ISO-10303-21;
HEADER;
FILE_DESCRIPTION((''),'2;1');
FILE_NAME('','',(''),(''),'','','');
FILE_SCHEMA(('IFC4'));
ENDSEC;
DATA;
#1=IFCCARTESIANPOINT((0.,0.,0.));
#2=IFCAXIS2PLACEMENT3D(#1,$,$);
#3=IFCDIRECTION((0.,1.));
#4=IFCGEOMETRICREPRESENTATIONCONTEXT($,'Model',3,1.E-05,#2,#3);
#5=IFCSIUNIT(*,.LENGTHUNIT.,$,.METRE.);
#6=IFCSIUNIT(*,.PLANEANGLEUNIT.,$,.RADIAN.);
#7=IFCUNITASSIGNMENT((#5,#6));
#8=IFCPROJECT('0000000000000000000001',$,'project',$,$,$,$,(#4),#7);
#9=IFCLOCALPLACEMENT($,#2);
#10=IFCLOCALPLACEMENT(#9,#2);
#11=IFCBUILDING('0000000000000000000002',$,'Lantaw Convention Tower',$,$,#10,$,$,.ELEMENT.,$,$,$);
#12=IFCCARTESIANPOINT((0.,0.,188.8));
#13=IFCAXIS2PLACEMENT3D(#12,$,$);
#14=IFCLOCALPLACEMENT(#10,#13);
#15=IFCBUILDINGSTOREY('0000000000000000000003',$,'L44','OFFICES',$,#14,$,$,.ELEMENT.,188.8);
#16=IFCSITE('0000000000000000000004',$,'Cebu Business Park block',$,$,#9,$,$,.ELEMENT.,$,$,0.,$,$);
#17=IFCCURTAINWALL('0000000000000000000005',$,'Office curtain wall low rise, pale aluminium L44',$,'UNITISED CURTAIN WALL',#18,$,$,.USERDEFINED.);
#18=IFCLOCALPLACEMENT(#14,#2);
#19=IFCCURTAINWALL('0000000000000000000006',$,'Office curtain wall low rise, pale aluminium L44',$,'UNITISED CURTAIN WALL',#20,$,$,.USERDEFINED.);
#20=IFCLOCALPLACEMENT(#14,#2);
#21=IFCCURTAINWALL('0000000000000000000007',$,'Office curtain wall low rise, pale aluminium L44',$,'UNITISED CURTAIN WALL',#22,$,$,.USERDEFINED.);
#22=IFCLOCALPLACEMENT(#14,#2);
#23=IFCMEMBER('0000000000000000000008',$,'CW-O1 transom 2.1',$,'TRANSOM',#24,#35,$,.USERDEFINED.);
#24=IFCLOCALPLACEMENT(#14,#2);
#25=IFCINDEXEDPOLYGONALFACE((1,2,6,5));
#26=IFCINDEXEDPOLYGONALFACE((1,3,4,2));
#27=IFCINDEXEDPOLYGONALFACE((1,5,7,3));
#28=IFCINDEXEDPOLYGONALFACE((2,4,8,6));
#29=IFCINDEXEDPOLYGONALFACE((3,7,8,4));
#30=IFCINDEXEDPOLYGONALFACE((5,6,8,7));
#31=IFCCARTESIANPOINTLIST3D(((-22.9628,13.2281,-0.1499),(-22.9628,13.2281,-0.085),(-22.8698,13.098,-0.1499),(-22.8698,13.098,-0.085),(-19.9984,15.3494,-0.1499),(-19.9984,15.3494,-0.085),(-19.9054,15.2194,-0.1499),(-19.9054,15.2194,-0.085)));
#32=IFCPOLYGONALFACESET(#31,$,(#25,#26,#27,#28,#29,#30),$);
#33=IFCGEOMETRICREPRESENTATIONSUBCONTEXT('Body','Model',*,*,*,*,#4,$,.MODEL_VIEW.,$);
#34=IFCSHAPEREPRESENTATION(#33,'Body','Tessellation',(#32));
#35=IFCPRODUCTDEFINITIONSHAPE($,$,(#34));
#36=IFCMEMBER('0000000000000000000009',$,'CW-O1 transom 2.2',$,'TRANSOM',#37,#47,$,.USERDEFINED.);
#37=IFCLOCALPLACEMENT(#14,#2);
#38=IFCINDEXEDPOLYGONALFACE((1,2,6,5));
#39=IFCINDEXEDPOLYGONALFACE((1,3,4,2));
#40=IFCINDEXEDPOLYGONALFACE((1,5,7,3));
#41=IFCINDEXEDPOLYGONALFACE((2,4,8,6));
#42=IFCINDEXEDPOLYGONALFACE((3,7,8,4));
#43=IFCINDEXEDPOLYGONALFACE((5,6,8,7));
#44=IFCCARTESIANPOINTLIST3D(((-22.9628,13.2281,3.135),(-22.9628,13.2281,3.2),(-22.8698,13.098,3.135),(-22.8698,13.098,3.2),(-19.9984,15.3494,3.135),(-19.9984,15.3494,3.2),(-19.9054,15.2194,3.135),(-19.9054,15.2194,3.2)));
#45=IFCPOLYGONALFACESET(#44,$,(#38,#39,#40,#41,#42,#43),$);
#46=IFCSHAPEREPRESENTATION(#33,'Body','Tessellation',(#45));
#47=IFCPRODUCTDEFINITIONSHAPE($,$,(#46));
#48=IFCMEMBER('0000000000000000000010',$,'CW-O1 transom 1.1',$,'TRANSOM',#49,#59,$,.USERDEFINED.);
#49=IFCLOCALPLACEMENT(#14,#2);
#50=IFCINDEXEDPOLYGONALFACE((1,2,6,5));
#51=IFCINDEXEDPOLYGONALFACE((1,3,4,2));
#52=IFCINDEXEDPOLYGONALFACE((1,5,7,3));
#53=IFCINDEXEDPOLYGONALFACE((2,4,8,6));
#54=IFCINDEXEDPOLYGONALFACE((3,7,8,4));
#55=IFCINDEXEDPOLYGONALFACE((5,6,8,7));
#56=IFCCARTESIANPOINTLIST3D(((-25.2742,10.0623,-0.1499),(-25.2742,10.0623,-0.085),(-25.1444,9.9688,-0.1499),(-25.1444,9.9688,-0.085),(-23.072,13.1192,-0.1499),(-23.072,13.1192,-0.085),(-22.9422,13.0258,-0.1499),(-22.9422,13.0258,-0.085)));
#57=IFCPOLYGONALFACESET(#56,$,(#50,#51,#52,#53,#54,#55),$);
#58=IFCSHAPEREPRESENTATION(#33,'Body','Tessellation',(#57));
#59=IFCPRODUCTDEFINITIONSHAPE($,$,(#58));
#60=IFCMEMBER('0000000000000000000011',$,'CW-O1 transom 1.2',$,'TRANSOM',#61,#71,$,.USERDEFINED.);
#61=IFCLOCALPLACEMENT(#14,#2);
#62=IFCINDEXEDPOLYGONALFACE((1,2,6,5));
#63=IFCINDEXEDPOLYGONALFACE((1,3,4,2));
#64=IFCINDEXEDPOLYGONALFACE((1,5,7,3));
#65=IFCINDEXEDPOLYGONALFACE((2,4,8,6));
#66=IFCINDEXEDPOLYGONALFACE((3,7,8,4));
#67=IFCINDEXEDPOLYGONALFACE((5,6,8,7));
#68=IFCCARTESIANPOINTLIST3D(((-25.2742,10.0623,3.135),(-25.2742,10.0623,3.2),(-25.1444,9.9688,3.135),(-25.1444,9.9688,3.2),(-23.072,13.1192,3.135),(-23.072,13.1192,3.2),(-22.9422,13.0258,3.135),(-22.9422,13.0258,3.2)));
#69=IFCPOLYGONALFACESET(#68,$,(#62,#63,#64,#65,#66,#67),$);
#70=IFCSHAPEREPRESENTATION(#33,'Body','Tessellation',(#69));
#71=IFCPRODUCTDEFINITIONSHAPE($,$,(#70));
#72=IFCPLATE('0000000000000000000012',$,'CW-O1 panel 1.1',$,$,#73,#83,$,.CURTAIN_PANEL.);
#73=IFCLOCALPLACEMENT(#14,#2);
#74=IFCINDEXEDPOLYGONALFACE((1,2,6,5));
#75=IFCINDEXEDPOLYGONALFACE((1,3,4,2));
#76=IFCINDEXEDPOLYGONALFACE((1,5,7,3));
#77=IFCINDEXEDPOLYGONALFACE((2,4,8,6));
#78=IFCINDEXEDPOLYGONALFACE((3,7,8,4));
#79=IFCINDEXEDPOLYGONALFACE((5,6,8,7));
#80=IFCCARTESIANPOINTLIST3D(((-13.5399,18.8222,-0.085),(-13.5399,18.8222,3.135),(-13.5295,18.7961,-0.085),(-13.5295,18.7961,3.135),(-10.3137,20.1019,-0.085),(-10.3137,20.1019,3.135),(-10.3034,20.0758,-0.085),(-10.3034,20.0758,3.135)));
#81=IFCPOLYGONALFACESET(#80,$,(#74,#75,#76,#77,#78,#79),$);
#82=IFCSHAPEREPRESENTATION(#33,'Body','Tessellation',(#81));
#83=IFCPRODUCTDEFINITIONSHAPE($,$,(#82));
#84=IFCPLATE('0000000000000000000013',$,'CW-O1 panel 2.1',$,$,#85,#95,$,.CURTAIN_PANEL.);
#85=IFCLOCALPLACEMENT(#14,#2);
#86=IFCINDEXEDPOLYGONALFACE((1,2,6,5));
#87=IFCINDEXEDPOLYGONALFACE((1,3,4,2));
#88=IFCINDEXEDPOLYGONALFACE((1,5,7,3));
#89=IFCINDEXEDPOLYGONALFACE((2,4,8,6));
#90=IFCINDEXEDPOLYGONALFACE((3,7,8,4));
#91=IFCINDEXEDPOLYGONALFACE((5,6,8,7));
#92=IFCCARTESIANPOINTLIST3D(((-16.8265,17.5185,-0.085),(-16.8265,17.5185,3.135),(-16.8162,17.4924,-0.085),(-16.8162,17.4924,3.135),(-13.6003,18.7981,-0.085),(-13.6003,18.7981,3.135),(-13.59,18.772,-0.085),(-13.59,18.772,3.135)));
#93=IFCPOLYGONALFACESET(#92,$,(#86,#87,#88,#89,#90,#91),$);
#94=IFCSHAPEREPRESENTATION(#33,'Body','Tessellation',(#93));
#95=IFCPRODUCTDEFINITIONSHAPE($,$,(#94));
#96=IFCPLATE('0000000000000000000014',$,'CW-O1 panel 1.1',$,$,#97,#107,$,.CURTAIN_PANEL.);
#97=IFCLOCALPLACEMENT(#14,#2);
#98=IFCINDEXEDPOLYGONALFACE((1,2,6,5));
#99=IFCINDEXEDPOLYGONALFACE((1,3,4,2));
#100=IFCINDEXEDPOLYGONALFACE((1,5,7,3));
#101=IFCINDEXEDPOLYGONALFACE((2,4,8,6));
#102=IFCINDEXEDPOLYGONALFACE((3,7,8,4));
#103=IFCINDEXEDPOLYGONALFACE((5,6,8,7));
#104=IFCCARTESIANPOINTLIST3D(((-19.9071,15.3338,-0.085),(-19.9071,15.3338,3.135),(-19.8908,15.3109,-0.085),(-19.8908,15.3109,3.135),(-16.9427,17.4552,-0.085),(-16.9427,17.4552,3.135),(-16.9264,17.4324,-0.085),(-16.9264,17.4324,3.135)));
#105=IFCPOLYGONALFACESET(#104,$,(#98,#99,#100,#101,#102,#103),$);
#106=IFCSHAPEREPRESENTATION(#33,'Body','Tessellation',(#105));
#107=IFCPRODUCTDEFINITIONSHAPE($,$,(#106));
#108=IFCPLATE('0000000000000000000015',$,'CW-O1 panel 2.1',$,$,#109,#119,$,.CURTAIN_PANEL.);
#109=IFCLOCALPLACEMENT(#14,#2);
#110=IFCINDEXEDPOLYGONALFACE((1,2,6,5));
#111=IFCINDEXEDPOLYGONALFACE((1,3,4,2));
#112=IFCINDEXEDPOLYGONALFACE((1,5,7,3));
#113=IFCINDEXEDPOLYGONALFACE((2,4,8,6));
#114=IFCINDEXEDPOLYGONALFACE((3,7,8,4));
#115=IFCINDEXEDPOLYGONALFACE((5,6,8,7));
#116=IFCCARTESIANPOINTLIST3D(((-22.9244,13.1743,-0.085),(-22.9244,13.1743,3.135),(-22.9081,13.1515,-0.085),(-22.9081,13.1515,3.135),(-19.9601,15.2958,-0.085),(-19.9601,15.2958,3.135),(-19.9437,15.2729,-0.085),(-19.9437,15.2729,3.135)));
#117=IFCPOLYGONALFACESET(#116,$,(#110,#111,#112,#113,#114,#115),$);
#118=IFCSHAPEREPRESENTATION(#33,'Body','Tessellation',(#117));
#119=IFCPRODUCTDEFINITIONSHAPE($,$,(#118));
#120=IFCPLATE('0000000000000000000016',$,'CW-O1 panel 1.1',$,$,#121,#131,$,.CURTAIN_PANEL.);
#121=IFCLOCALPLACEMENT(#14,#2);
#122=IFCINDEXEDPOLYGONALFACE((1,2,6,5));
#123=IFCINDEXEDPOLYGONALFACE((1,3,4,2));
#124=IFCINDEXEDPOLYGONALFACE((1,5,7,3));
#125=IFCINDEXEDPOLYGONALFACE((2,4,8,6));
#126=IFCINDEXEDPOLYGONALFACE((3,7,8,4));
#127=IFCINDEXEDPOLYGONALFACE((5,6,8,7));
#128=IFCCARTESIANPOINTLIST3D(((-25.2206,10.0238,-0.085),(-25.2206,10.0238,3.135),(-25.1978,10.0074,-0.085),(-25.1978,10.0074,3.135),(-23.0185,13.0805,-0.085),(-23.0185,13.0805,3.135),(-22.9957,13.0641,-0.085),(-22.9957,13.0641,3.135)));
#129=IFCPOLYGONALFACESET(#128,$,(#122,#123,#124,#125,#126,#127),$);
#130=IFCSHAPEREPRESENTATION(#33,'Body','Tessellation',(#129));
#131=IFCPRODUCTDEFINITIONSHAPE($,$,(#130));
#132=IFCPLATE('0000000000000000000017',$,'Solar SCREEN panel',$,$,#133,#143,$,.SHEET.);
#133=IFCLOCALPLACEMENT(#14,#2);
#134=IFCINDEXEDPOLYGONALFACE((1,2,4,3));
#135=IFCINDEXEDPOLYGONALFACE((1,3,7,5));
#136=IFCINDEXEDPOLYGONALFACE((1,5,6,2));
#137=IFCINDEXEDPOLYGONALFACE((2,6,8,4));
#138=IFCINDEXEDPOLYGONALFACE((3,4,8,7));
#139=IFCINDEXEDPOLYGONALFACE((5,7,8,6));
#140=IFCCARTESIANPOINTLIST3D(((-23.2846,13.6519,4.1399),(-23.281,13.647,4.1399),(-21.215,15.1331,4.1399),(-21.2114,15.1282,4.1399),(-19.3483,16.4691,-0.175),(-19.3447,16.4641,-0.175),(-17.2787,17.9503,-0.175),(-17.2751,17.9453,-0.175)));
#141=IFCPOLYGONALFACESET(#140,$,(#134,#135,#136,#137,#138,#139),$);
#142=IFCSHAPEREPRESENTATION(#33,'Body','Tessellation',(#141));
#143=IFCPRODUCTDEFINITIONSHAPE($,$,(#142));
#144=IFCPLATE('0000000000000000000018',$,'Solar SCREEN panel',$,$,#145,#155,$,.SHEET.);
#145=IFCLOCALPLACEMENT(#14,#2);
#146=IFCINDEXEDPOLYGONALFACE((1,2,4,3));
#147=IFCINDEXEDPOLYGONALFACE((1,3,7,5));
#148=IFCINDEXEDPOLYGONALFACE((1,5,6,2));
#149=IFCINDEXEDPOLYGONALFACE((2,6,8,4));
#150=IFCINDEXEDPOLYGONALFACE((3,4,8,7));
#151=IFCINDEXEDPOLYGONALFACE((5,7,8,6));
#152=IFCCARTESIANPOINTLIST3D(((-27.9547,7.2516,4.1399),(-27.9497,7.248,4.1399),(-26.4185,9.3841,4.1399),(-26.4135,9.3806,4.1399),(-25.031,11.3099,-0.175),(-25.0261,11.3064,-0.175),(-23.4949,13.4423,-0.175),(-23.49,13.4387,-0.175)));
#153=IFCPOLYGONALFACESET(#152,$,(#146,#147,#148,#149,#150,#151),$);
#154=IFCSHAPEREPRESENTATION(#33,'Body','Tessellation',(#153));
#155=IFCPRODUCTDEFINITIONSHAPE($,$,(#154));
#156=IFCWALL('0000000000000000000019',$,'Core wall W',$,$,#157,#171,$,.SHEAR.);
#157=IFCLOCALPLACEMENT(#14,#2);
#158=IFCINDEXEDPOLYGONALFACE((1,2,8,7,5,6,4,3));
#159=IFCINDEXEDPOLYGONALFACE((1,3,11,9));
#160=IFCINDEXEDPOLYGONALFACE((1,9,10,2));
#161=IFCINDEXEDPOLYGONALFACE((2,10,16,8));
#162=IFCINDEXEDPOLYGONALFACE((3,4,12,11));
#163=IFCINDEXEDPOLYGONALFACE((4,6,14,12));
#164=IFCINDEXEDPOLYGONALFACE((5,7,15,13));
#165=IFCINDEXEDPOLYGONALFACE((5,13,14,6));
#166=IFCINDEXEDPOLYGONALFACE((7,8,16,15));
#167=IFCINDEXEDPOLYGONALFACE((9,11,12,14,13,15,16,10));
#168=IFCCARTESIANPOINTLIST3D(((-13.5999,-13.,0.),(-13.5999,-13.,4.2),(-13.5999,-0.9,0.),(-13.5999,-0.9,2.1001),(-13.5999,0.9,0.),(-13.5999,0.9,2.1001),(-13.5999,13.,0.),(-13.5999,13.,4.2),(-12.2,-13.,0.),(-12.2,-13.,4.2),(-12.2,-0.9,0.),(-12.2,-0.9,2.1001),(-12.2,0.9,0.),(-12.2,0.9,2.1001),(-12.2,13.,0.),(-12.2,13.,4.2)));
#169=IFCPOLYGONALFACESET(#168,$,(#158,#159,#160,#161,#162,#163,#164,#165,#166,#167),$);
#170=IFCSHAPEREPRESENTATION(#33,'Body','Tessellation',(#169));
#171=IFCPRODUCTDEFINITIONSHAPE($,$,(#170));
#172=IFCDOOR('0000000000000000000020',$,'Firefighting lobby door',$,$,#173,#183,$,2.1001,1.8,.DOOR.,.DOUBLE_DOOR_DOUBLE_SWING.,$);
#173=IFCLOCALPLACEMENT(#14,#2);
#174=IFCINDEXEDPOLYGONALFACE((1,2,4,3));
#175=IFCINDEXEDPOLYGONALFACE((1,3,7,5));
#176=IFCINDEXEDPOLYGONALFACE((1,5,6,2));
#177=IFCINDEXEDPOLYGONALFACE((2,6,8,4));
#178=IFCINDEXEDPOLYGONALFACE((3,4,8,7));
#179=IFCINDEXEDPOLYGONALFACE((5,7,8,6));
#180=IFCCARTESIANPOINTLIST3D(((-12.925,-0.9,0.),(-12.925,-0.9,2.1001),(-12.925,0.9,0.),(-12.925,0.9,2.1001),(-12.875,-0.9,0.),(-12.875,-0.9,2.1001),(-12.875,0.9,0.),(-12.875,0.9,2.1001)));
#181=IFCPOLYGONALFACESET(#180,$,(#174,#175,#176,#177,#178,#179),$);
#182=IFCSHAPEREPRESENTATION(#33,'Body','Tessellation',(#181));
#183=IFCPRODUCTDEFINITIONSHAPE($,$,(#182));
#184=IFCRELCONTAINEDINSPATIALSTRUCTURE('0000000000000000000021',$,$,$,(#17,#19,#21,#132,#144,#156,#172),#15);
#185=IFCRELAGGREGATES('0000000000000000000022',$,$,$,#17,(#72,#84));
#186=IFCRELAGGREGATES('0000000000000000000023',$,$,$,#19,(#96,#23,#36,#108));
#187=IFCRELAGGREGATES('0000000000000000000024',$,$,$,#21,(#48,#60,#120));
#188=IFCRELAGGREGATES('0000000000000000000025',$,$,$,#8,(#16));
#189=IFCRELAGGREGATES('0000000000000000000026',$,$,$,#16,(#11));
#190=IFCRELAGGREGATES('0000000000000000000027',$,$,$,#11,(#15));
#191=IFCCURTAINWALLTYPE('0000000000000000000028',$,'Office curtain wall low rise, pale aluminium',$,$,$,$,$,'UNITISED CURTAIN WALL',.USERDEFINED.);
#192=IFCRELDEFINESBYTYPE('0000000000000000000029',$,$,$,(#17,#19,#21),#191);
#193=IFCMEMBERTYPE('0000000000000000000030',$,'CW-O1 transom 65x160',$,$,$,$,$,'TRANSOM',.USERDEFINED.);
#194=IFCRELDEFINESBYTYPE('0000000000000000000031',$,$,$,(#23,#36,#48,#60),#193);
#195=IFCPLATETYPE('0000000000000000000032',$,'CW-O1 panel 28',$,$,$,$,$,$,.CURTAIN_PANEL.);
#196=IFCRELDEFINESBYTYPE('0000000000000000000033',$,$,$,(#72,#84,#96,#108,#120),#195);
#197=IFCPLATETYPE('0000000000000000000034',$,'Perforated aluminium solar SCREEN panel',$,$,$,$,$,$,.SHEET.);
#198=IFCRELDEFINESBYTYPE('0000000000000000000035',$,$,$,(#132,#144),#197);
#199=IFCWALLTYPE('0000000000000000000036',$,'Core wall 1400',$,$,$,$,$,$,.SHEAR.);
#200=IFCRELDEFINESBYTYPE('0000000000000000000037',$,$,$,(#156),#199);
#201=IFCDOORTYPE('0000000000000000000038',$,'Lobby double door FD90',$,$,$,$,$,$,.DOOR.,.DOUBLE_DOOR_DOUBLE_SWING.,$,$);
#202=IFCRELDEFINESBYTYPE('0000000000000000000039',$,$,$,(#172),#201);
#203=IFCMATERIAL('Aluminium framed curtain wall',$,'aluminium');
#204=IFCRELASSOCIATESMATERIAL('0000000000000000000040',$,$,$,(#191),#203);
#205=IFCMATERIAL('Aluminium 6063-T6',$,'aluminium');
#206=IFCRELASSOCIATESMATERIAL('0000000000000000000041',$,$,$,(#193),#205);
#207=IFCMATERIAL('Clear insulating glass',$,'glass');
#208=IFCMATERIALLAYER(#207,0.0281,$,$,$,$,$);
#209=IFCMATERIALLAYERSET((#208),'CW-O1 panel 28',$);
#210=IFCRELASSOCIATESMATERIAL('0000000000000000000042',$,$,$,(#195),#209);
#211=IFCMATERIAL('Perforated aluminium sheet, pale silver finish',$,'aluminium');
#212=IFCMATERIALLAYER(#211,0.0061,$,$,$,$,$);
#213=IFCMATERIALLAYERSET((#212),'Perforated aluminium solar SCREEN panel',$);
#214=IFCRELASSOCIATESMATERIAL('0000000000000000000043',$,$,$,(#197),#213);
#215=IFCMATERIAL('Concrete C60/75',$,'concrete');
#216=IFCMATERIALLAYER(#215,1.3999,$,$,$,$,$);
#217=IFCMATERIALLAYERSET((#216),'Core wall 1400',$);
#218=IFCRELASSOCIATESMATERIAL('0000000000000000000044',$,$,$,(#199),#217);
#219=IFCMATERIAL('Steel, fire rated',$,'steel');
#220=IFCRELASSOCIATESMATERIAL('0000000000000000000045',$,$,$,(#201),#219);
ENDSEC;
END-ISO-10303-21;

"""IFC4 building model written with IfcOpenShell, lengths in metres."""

from ifc_helpers import new_model, si_unit, direction, frame, frame_2d, origin, origin_2d, place, context, subcontext, project, spatial, polyline, rectangle, outline, extrude, material, layer, layer_set, material_profile, profile_set, type_object, element, fill, aggregate, save


model = new_model("IFC4")

# Units and contexts
model_context = context("Model", 3, precision=1e-05, world=origin(), true_north=direction((0.0, 1.0)))
body_context = subcontext(model_context, "Body", "Model", "MODEL_VIEW")
ifc_project = project(units=[si_unit("LENGTHUNIT", "METRE"), si_unit("PLANEANGLEUNIT", "RADIAN")], contexts=[model_context])

# Site, building, storey
site_placement = place(None, origin())
site = spatial("IfcSite", under=ifc_project, at=site_placement, Name="Cebu Business Park block", CompositionType="ELEMENT", RefElevation=0.0)
building_placement = place(site_placement, origin())
building = spatial("IfcBuilding", under=site, at=building_placement, Name="Lantaw Convention Tower", CompositionType="ELEMENT")
storey_placement = place(building_placement, frame((0.0, 0.0, 188.8)))
storey = spatial("IfcBuildingStorey", under=building, at=storey_placement, Name="L44", Description="OFFICES", CompositionType="ELEMENT", Elevation=188.8)

# Shared definitions
ifc_material_1 = material(Name="Concrete C60/75", Category="concrete")

# Curtain walls
ifc_material_2 = material(Name="Aluminium framed curtain wall", Category="aluminium")
curtain_wall_type = type_object("IfcCurtainWallType", Name="Office curtain wall low rise, pale aluminium", ElementType="UNITISED CURTAIN WALL", PredefinedType="USERDEFINED", material=ifc_material_2)
curtain_wall_1_placement = place(storey_placement, origin())
curtain_wall_1 = element("IfcCurtainWall", 1, at=curtain_wall_1_placement, inside=storey, type_object=curtain_wall_type, Name="Office curtain wall low rise, pale aluminium L44", ObjectType="UNITISED CURTAIN WALL", PredefinedType="USERDEFINED")
ifc_material_3 = material(Name="Aluminium 6063-T6", Category="aluminium")
curtain_wall_2_placement = place(storey_placement, origin())
curtain_wall_2 = element("IfcCurtainWall", 2, at=curtain_wall_2_placement, inside=storey, type_object=curtain_wall_type, Name="Office curtain wall low rise, pale aluminium L44", ObjectType="UNITISED CURTAIN WALL", PredefinedType="USERDEFINED")
curtain_wall_3_placement = place(storey_placement, origin())
curtain_wall_3 = element("IfcCurtainWall", 3, at=curtain_wall_3_placement, inside=storey, type_object=curtain_wall_type, Name="Office curtain wall low rise, pale aluminium L44", ObjectType="UNITISED CURTAIN WALL", PredefinedType="USERDEFINED")

# Members
ifc_material_profile_1 = material_profile(ifc_material_3, rectangle(XDim=0.1599, YDim=0.0649, at=origin_2d()), Name="CW-O1 transom 65x160")
ifc_profile_set_1 = profile_set([ifc_material_profile_1], Name="Aluminium 6063-T6")
member_type_1 = type_object("IfcMemberType", Name="CW-O1 transom 65x160", ElementType="TRANSOM", PredefinedType="USERDEFINED", material=ifc_profile_set_1)
member_1_placement = place(storey_placement, frame((-19.9519, 15.2844, -0.1174), z_axis=(-0.813222, -0.581954, 0.0), x_axis=(0.581954, -0.813222, 0.0)))
member_1 = element("IfcMember", 4, at=member_1_placement, type_object=member_type_1, Name="CW-O1 transom 2.1", ObjectType="TRANSOM", PredefinedType="USERDEFINED", context=body_context, shape_type="SweptSolid", body=[
    extrude(rectangle(XDim=0.1599, YDim=0.0649, at=origin_2d()), origin(), (0.0, 0.0, 1.0), 3.6453),
])
member_2_placement = place(storey_placement, frame((-19.9519, 15.2844, 3.1675), z_axis=(-0.813222, -0.581954, 0.0), x_axis=(0.581954, -0.813222, 0.0)))
member_2 = element("IfcMember", 5, at=member_2_placement, type_object=member_type_1, Name="CW-O1 transom 2.2", ObjectType="TRANSOM", PredefinedType="USERDEFINED", context=body_context, shape_type="SweptSolid", body=[
    extrude(rectangle(XDim=0.1599, YDim=0.0649, at=origin_2d()), origin(), (0.0, 0.0, 1.0), 3.6453),
])
member_3_placement = place(storey_placement, frame((-23.0071, 13.0725, -0.1174), z_axis=(-0.584513, -0.811384, 0.0), x_axis=(0.811384, -0.584513, 0.0)))
member_3 = element("IfcMember", 6, at=member_3_placement, type_object=member_type_1, Name="CW-O1 transom 1.1", ObjectType="TRANSOM", PredefinedType="USERDEFINED", context=body_context, shape_type="SweptSolid", body=[
    extrude(rectangle(XDim=0.1599, YDim=0.0649, at=origin_2d()), origin(), (0.0, 0.0, 1.0), 3.7676),
])
member_4_placement = place(storey_placement, frame((-23.0071, 13.0725, 3.1675), z_axis=(-0.584513, -0.811384, 0.0), x_axis=(0.811384, -0.584513, 0.0)))
member_4 = element("IfcMember", 7, at=member_4_placement, type_object=member_type_1, Name="CW-O1 transom 1.2", ObjectType="TRANSOM", PredefinedType="USERDEFINED", context=body_context, shape_type="SweptSolid", body=[
    extrude(rectangle(XDim=0.1599, YDim=0.0649, at=origin_2d()), origin(), (0.0, 0.0, 1.0), 3.7676),
])

# Plates
ifc_material_4 = material(Name="Clear insulating glass", Category="glass")
ifc_layer_1 = layer(ifc_material_4, 0.0281)
ifc_layer_set_1 = layer_set([ifc_layer_1], Name="CW-O1 panel 28")
plate_type_1 = type_object("IfcPlateType", Name="CW-O1 panel 28", PredefinedType="CURTAIN_PANEL", material=ifc_layer_set_1)
plate_1_placement = place(storey_placement, frame((-11.9216, 19.449, -0.085), z_axis=(0.0, 0.0, 1.0), x_axis=(-0.929548, -0.368702, 0.0)))
plate_1 = element("IfcPlate", 8, at=plate_1_placement, type_object=plate_type_1, Name="CW-O1 panel 1.1", PredefinedType="CURTAIN_PANEL", context=body_context, shape_type="SweptSolid", body=[
    extrude(rectangle(XDim=3.4707, YDim=0.0281, at=origin_2d()), origin(), (0.0, 0.0, 1.0), 3.22),
])
plate_2_placement = place(storey_placement, frame((-15.2083, 18.1453, -0.085), z_axis=(0.0, 0.0, 1.0), x_axis=(-0.929548, -0.368702, 0.0)))
plate_2 = element("IfcPlate", 9, at=plate_2_placement, type_object=plate_type_1, Name="CW-O1 panel 2.1", PredefinedType="CURTAIN_PANEL", context=body_context, shape_type="SweptSolid", body=[
    extrude(rectangle(XDim=3.4707, YDim=0.0281, at=origin_2d()), origin(), (0.0, 0.0, 1.0), 3.22),
])
aggregate(curtain_wall_1, [plate_1, plate_2])
plate_3_placement = place(storey_placement, frame((-18.4167, 16.3831, -0.085), z_axis=(0.0, 0.0, 1.0), x_axis=(-0.813208, -0.581973, 0.0)))
plate_3 = element("IfcPlate", 10, at=plate_3_placement, type_object=plate_type_1, Name="CW-O1 panel 1.1", PredefinedType="CURTAIN_PANEL", context=body_context, shape_type="SweptSolid", body=[
    extrude(rectangle(XDim=3.6453, YDim=0.0281, at=origin_2d()), origin(), (0.0, 0.0, 1.0), 3.22),
])
plate_4_placement = place(storey_placement, frame((-21.4341, 14.2236, -0.085), z_axis=(0.0, 0.0, 1.0), x_axis=(-0.813208, -0.581973, 0.0)))
plate_4 = element("IfcPlate", 11, at=plate_4_placement, type_object=plate_type_1, Name="CW-O1 panel 2.1", PredefinedType="CURTAIN_PANEL", context=body_context, shape_type="SweptSolid", body=[
    extrude(rectangle(XDim=3.6453, YDim=0.0281, at=origin_2d()), origin(), (0.0, 0.0, 1.0), 3.22),
])
aggregate(curtain_wall_2, [plate_3, member_1, member_2, plate_4])
plate_5_placement = place(storey_placement, frame((-24.1082, 11.5439, -0.085), z_axis=(0.0, 0.0, 1.0), x_axis=(-0.584513, -0.811385, 0.0)))
plate_5 = element("IfcPlate", 12, at=plate_5_placement, type_object=plate_type_1, Name="CW-O1 panel 1.1", PredefinedType="CURTAIN_PANEL", context=body_context, shape_type="SweptSolid", body=[
    extrude(rectangle(XDim=3.7673, YDim=0.0281, at=origin_2d()), origin(), (0.0, 0.0, 1.0), 3.22),
])
aggregate(curtain_wall_3, [member_3, member_4, plate_5])

# Plates
ifc_material_5 = material(Name="Perforated aluminium sheet, pale silver finish", Category="aluminium")
ifc_layer_2 = layer(ifc_material_5, 0.0061)
ifc_layer_set_2 = layer_set([ifc_layer_2], Name="Perforated aluminium solar SCREEN panel")
plate_type_2 = type_object("IfcPlateType", Name="Perforated aluminium solar SCREEN panel", PredefinedType="SHEET", material=ifc_layer_set_2)
plate_6_placement = place(storey_placement, frame((-17.2751, 17.9453, -0.175), z_axis=(0.582, -0.813189, 0.000012), x_axis=(-0.813189, -0.582, 0.0)))
element("IfcPlate", 13, at=plate_6_placement, inside=storey, type_object=plate_type_2, Name="Solar SCREEN panel", PredefinedType="SHEET", context=body_context, shape_type="SweptSolid", body=[
    extrude(outline(polyline([(0.0, 0.0), (2.545, 0.0), (7.3855, -4.3149), (4.8405, -4.3149), (0.0, 0.0)])), origin(), (0.0, 0.0, -1.0), 0.0061),
])
plate_7_placement = place(storey_placement, frame((-23.49, 13.4387, -0.175), z_axis=(0.811395, -0.584498, 0.000036), x_axis=(-0.584498, -0.811395, 0.0)))
element("IfcPlate", 14, at=plate_7_placement, inside=storey, type_object=plate_type_2, Name="Solar SCREEN panel", PredefinedType="SHEET", context=body_context, shape_type="SweptSolid", body=[
    extrude(outline(polyline([(0.0, 0.0), (2.628, 0.0), (7.6298, -4.3149), (5.0016, -4.3149), (0.0, 0.0)])), origin(), (0.0, 0.0, -1.0), 0.0061),
])

# Wall, opening, door
ifc_layer_3 = layer(ifc_material_1, 1.3999)
ifc_layer_set_3 = layer_set([ifc_layer_3], Name="Core wall 1400")
wall_type_1 = type_object("IfcWallType", Name="Core wall 1400", PredefinedType="SHEAR", material=ifc_layer_set_3)
wall_1_placement = place(storey_placement, frame((-12.8999, 13.0, 0.0), z_axis=(0.0, 0.0, 1.0), x_axis=(0.0, -1.0, 0.0)))
wall_1 = element("IfcWall", 15, at=wall_1_placement, inside=storey, type_object=wall_type_1, Name="Core wall W", PredefinedType="SHEAR", context=body_context, shape_type="SweptSolid", body=[
    extrude(rectangle(XDim=26.0, YDim=1.3999, at=frame_2d((13.0, 0.0))), origin(), (0.0, 0.0, 1.0), 4.2),
])
opening_placement = place(wall_1_placement, frame((12.1001, 0.0, 0.0)))
opening = element("IfcOpeningElement", 16, at=opening_placement, cuts=wall_1, PredefinedType="OPENING", context=body_context, shape_type="SweptSolid", body=[
    extrude(rectangle(XDim=1.8, YDim=2.1001, at=frame_2d((0.8999, 1.05))), frame((0.0, 0.71, 0.0), z_axis=(0.0, -1.0, 0.0), x_axis=(1.0, 0.0, 0.0)), (0.0, 0.0, 1.0), 1.4199),
])
ifc_material_6 = material(Name="Steel, fire rated", Category="steel")
door_type = type_object("IfcDoorType", Name="Lobby double door FD90", OperationType="DOUBLE_DOOR_DOUBLE_SWING", PredefinedType="DOOR", material=ifc_material_6)
door_placement = place(opening_placement, origin())
door = element("IfcDoor", 17, at=door_placement, inside=storey, type_object=door_type, Name="Firefighting lobby door", OperationType="DOUBLE_DOOR_DOUBLE_SWING", OverallHeight=2.1001, OverallWidth=1.8, PredefinedType="DOOR", context=body_context, shape_type="SweptSolid", body=[
    extrude(rectangle(XDim=1.8, YDim=2.1001, at=frame_2d((0.8999, 1.05))), frame((0.0, 0.0249, 0.0), z_axis=(0.0, -1.0, 0.0), x_axis=(1.0, 0.0, 0.0)), (0.0, 0.0, 1.0), 0.05),
])
fill(opening, door)

save(model, "model.ifc")
